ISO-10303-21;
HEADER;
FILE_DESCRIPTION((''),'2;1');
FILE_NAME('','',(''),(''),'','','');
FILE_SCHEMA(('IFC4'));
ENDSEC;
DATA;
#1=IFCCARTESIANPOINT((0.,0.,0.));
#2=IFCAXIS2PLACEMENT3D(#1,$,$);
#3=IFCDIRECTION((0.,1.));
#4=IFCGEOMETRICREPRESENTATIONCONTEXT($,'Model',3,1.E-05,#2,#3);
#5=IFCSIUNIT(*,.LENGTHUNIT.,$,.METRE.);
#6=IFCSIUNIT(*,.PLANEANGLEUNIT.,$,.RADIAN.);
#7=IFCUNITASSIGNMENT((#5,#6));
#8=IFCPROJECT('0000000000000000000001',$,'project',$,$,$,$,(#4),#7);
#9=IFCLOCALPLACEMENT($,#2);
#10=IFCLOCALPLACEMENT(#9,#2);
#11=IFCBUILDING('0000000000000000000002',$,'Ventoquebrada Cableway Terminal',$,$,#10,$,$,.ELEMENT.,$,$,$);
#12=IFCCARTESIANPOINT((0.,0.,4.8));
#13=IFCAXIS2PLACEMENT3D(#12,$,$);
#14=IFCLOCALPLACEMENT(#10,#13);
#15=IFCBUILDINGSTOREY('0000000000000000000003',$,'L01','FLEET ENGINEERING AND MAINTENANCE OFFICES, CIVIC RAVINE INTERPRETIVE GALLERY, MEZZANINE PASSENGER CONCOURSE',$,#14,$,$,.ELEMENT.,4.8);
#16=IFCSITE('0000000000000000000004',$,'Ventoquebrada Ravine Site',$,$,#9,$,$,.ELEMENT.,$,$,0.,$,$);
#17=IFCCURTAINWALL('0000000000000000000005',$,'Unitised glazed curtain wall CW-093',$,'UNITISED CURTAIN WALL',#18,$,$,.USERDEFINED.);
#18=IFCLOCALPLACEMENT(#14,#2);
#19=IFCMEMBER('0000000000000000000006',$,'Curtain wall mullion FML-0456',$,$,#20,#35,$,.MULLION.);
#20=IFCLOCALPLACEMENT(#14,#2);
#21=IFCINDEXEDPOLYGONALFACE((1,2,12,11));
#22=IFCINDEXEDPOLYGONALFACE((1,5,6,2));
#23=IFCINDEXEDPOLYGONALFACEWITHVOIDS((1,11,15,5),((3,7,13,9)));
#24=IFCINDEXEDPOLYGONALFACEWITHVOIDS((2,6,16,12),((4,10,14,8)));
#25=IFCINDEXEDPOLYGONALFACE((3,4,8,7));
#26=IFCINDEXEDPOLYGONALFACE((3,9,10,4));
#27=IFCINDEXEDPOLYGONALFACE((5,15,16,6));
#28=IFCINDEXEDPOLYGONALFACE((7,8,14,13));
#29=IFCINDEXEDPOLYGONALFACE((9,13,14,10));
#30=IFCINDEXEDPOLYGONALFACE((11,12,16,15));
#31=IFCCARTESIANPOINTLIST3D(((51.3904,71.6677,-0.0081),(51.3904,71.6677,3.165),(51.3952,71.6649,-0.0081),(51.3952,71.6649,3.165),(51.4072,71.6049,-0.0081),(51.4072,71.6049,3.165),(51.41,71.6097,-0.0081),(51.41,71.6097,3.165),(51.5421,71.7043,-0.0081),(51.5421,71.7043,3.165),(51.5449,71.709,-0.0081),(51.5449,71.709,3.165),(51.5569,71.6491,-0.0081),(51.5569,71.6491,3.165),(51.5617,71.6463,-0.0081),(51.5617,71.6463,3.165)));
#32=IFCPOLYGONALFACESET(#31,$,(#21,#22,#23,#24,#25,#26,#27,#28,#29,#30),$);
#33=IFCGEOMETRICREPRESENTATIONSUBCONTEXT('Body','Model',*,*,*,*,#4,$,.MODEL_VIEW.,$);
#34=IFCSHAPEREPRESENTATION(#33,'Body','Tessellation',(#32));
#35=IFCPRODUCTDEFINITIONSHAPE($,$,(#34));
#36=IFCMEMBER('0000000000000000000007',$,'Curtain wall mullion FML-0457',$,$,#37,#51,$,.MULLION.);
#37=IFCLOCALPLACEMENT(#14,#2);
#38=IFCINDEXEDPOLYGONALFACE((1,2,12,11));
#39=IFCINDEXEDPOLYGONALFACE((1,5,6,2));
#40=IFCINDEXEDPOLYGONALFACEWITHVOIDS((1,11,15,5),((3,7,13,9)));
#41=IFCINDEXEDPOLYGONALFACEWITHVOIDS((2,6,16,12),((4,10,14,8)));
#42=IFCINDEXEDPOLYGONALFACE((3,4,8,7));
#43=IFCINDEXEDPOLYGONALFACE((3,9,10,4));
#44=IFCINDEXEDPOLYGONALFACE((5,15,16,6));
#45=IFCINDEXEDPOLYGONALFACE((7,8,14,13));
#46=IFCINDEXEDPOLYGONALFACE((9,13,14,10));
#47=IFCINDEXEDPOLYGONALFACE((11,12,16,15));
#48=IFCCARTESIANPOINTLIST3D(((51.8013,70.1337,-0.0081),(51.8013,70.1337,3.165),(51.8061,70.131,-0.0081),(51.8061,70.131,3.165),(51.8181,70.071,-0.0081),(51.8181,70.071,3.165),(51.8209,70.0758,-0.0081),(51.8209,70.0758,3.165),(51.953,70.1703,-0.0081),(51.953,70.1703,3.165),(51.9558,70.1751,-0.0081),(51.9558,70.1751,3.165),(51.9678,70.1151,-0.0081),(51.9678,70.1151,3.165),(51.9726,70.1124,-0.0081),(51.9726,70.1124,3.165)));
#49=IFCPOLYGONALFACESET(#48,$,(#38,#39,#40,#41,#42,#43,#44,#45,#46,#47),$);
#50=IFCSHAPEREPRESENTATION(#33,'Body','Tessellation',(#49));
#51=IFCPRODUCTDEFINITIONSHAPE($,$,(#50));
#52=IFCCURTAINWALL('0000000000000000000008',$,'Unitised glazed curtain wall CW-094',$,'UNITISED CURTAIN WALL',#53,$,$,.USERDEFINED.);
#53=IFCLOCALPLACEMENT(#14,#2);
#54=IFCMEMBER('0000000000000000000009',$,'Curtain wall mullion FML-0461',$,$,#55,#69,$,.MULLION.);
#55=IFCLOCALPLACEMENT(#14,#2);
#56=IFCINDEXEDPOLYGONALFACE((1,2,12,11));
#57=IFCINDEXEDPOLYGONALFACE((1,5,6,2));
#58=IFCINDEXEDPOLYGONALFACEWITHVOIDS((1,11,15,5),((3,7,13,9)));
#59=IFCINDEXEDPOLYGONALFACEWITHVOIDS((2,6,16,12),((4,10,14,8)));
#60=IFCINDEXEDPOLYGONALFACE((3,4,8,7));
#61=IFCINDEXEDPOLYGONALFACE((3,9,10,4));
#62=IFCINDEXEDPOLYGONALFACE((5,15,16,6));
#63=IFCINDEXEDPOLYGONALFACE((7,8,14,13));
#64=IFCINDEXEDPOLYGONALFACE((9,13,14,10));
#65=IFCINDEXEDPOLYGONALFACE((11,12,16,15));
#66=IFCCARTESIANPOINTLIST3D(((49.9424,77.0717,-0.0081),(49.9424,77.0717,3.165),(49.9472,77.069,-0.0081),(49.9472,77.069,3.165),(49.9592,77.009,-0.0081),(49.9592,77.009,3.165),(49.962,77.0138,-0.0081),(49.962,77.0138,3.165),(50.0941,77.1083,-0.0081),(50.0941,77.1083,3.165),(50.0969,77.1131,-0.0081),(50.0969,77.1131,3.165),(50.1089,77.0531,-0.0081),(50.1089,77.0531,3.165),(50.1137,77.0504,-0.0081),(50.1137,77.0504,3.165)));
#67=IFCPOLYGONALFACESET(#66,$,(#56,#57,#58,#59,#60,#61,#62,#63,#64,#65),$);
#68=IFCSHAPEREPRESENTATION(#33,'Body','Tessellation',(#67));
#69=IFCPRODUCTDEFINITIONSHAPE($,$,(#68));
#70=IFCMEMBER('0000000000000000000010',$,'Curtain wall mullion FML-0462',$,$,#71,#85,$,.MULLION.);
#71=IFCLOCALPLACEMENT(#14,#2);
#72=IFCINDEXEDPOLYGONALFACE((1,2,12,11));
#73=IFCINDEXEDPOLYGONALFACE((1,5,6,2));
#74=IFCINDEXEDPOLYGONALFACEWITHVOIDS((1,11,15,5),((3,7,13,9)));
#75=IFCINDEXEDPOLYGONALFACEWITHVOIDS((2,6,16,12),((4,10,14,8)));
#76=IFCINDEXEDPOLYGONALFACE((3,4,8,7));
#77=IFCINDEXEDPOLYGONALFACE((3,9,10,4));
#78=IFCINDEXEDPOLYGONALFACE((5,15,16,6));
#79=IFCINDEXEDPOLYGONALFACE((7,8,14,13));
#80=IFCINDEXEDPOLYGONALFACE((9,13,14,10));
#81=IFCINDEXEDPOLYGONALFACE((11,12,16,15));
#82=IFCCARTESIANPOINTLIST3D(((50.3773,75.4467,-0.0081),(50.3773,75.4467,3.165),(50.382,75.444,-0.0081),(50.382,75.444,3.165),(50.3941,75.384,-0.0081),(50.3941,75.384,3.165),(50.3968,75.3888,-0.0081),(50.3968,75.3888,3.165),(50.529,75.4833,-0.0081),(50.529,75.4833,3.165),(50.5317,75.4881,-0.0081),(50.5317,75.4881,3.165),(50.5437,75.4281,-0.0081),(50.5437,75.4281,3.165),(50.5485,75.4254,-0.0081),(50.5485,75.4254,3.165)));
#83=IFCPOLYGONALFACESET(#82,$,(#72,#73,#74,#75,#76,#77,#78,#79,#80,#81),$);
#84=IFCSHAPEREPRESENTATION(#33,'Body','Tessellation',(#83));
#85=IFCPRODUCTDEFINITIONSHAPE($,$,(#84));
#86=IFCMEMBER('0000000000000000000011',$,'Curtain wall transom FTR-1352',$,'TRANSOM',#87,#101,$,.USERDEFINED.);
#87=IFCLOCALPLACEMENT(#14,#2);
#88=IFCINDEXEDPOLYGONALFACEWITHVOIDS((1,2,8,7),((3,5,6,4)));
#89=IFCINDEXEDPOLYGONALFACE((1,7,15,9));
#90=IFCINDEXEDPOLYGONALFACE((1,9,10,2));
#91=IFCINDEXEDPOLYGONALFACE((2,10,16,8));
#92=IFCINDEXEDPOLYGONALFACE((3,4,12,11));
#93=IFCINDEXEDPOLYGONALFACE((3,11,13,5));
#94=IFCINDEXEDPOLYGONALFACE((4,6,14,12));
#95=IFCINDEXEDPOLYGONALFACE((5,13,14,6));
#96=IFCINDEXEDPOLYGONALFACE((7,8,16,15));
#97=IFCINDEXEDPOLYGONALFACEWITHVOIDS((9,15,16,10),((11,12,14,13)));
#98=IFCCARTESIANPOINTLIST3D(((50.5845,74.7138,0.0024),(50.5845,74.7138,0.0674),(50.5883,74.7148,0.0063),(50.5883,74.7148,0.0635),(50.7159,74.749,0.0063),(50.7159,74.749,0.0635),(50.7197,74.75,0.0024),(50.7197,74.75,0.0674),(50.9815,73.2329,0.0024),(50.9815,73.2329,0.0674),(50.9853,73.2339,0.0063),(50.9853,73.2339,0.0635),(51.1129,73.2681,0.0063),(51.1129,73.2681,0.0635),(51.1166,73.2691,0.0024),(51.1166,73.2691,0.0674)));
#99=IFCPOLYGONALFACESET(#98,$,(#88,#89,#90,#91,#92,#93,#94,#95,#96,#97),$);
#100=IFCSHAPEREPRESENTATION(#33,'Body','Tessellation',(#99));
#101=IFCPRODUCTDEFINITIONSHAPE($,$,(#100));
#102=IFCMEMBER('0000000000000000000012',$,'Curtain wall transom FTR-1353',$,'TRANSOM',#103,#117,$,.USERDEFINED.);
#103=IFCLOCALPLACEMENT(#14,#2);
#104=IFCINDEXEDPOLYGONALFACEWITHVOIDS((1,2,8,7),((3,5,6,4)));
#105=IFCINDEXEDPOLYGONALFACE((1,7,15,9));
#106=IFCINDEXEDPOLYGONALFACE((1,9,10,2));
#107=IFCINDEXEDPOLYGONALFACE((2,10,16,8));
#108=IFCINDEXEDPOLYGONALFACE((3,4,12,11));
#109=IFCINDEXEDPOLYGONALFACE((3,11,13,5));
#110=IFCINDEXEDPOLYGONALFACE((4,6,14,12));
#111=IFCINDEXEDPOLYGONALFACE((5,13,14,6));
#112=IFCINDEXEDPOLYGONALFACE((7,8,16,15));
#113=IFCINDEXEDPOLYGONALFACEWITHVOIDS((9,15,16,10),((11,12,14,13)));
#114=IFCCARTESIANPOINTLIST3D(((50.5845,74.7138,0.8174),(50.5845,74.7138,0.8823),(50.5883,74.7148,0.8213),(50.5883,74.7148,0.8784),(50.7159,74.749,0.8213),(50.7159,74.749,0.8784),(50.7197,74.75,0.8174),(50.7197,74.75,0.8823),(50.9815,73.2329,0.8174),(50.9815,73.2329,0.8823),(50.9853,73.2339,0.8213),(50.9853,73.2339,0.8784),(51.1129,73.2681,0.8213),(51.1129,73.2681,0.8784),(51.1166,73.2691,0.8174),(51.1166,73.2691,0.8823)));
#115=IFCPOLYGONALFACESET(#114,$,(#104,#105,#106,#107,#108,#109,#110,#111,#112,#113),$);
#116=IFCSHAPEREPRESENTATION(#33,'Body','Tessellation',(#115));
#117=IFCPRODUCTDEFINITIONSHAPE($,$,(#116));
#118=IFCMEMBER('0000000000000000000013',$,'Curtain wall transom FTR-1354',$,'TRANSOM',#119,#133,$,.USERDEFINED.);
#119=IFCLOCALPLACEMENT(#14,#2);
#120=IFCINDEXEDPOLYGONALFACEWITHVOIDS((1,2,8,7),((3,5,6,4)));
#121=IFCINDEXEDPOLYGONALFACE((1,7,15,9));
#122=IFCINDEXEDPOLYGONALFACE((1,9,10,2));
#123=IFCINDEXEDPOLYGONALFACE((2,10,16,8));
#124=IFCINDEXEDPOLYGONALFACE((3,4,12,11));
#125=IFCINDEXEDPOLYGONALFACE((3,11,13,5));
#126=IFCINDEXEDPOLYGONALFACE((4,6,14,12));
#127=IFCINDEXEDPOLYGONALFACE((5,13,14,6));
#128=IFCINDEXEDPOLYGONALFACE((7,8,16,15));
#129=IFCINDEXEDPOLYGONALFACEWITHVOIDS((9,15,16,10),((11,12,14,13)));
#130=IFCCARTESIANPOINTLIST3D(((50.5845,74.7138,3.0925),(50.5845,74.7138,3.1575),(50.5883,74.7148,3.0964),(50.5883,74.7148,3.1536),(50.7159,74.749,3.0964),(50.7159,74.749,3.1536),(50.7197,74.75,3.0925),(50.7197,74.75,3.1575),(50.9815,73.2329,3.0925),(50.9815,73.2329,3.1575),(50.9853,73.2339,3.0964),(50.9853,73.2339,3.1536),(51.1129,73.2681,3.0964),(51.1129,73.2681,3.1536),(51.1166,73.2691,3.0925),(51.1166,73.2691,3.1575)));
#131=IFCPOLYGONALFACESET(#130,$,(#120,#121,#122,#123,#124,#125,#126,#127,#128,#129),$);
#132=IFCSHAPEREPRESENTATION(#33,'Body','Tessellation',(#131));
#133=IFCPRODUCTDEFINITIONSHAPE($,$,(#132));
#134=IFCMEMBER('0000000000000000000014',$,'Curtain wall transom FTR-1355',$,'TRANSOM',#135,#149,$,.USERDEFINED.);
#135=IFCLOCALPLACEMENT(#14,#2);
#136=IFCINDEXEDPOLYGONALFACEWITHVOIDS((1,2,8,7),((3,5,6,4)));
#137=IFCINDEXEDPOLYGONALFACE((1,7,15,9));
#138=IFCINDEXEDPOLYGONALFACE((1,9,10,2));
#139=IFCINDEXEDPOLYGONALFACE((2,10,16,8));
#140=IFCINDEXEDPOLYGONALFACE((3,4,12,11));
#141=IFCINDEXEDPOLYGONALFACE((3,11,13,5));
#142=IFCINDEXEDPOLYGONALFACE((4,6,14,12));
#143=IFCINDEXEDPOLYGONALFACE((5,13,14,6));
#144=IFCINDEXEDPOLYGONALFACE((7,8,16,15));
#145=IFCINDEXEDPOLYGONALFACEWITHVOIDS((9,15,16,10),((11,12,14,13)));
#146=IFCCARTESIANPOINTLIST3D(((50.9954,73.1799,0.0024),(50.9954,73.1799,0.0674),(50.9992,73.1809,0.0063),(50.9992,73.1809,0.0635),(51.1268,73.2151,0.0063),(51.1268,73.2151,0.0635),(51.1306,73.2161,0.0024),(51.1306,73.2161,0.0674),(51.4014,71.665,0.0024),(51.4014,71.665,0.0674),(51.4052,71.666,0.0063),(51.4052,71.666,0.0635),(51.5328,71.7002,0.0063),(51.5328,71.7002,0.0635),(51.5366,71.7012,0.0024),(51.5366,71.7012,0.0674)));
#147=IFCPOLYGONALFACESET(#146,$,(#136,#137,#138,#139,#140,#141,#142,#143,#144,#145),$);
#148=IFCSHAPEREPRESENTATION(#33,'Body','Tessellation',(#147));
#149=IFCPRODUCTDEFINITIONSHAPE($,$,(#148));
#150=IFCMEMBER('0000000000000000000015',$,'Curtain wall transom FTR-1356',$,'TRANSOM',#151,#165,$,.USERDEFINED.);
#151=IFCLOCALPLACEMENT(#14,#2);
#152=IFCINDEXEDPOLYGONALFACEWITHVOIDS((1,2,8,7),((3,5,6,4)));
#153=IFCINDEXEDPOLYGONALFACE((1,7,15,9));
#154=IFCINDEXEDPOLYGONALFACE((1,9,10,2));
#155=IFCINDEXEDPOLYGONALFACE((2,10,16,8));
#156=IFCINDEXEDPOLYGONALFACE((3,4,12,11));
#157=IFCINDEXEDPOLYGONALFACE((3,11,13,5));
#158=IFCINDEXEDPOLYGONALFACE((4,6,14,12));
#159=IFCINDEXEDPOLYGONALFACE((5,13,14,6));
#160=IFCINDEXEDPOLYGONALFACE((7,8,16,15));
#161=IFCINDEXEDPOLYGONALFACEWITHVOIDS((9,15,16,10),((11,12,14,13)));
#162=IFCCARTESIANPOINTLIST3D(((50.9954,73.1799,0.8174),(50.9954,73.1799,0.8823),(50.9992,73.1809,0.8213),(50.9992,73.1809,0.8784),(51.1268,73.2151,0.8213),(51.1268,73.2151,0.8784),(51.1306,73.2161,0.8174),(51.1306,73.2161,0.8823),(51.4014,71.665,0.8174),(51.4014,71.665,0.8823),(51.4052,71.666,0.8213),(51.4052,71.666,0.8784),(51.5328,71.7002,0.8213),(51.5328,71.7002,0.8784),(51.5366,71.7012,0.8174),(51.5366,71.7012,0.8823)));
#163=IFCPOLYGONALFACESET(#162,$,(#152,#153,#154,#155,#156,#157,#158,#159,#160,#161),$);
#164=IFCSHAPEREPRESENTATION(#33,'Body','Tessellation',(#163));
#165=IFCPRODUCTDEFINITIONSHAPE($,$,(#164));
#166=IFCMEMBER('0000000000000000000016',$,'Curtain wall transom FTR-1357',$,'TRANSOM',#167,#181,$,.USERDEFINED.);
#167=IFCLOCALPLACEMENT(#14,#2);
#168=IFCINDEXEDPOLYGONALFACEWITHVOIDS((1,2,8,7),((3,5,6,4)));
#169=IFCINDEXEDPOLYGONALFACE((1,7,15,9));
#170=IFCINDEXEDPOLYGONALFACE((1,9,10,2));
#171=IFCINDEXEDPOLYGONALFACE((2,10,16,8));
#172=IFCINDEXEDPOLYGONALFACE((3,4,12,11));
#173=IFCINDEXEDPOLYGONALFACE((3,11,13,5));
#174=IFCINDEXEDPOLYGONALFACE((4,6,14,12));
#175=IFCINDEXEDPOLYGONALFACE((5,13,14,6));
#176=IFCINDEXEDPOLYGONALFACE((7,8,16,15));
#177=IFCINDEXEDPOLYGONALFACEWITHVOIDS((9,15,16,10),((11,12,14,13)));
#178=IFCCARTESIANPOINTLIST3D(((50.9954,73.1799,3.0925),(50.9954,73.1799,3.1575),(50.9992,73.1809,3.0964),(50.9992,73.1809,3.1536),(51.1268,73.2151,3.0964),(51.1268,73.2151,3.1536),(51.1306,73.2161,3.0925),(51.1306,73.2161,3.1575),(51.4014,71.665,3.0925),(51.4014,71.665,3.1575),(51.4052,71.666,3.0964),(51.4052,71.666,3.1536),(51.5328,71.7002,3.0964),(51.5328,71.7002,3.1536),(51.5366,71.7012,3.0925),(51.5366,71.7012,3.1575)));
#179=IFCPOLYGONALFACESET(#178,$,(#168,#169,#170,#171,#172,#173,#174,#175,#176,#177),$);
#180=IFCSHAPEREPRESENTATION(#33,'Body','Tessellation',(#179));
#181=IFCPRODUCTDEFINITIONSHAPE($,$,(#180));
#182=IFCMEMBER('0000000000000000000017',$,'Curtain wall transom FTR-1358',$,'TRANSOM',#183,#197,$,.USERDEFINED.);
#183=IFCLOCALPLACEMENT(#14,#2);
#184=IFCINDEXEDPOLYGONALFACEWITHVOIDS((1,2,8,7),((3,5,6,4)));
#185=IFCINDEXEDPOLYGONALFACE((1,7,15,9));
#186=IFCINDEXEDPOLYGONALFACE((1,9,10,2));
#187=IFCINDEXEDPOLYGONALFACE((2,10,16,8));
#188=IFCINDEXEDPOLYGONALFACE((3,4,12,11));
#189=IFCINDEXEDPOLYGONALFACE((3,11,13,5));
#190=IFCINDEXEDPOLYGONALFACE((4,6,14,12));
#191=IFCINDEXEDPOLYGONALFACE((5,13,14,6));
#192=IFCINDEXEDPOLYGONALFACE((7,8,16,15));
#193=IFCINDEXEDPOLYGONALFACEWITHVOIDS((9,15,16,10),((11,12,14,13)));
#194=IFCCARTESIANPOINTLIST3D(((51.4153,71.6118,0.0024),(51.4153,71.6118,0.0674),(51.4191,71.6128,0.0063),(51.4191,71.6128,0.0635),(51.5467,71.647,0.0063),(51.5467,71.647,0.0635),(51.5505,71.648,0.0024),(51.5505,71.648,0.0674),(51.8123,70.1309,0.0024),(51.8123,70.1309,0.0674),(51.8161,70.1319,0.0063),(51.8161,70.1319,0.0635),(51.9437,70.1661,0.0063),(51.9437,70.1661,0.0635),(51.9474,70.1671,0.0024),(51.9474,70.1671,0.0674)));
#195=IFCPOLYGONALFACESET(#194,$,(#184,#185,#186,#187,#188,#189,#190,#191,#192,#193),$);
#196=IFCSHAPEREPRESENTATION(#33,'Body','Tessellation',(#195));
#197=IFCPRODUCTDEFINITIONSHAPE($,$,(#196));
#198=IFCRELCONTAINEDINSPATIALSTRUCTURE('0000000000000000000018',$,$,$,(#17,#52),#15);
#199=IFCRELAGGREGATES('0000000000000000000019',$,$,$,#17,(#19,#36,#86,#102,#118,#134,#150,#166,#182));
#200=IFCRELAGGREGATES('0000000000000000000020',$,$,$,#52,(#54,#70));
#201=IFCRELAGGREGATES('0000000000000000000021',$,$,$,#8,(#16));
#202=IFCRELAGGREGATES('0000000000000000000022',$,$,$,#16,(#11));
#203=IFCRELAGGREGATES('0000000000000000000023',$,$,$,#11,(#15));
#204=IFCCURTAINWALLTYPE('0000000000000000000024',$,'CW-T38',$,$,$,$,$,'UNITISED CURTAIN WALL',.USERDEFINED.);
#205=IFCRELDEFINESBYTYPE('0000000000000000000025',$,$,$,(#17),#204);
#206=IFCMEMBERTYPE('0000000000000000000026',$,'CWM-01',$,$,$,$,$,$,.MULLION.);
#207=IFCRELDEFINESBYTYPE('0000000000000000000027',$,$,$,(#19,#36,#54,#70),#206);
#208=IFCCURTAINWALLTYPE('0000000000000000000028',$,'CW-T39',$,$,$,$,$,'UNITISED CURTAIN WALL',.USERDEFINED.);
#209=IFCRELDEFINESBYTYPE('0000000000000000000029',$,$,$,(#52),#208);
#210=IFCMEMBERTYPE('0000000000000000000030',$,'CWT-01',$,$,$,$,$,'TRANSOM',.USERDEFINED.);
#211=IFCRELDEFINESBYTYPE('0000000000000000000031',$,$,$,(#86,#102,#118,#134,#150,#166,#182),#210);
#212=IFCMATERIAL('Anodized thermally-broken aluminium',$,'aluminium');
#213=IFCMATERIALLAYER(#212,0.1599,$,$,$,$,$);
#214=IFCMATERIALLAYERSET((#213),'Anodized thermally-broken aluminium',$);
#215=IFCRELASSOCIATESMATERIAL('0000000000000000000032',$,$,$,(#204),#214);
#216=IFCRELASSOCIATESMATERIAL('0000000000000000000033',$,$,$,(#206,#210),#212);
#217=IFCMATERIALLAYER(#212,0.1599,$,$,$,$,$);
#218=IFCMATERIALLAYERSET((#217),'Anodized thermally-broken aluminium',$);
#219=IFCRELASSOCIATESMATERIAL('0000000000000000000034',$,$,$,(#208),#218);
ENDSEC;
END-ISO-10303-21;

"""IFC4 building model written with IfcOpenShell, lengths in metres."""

from ifc_helpers import new_model, si_unit, direction, frame, origin, origin_2d, place, context, subcontext, project, spatial, hollow_rectangle, extrude, material, layer, layer_set, material_profile, profile_set, type_object, element, aggregate, save


model = new_model("IFC4")

# Units and contexts
model_context = context("Model", 3, precision=1e-05, world=origin(), true_north=direction((0.0, 1.0)))
body_context = subcontext(model_context, "Body", "Model", "MODEL_VIEW")
ifc_project = project(units=[si_unit("LENGTHUNIT", "METRE"), si_unit("PLANEANGLEUNIT", "RADIAN")], contexts=[model_context])

# Site, building, storey
site_placement = place(None, origin())
site = spatial("IfcSite", under=ifc_project, at=site_placement, Name="Ventoquebrada Ravine Site", CompositionType="ELEMENT", RefElevation=0.0)
building_placement = place(site_placement, origin())
building = spatial("IfcBuilding", under=site, at=building_placement, Name="Ventoquebrada Cableway Terminal", CompositionType="ELEMENT")
storey_placement = place(building_placement, frame((0.0, 0.0, 4.8)))
storey = spatial("IfcBuildingStorey", under=building, at=storey_placement, Name="L01", Description="FLEET ENGINEERING AND MAINTENANCE OFFICES, CIVIC RAVINE INTERPRETIVE GALLERY, MEZZANINE PASSENGER CONCOURSE", CompositionType="ELEMENT", Elevation=4.8)

# Curtain walls, members
ifc_material_1 = material(Name="Anodized thermally-broken aluminium", Category="aluminium")
ifc_layer_1 = layer(ifc_material_1, 0.1599)
ifc_layer_set_1 = layer_set([ifc_layer_1], Name="Anodized thermally-broken aluminium")
curtain_wall_type_1 = type_object("IfcCurtainWallType", Name="CW-T38", ElementType="UNITISED CURTAIN WALL", PredefinedType="USERDEFINED", material=ifc_layer_set_1)
curtain_wall_1_placement = place(storey_placement, origin())
curtain_wall_1 = element("IfcCurtainWall", 1, at=curtain_wall_1_placement, inside=storey, type_object=curtain_wall_type_1, Name="Unitised glazed curtain wall CW-093", ObjectType="UNITISED CURTAIN WALL", PredefinedType="USERDEFINED")
ifc_material_profile_1 = material_profile(ifc_material_1, hollow_rectangle(XDim=0.0649, YDim=0.1599, WallThickness=0.0039, at=origin_2d()), Name="CW-MUL-65X160")
ifc_profile_set_1 = profile_set([ifc_material_profile_1], Name="Anodized thermally-broken aluminium")
member_type_1 = type_object("IfcMemberType", Name="CWM-01", PredefinedType="MULLION", material=ifc_profile_set_1)
member_1_placement = place(storey_placement, frame((51.4761, 71.657, -0.0081), z_axis=(0.0, 0.0, 1.0), x_axis=(0.258785, -0.965935, 0.0)))
member_1 = element("IfcMember", 2, at=member_1_placement, type_object=member_type_1, Name="Curtain wall mullion FML-0456", PredefinedType="MULLION", context=body_context, shape_type="SweptSolid", body=[
    extrude(hollow_rectangle(XDim=0.0649, YDim=0.1599, WallThickness=0.0039, at=origin_2d()), origin(), (0.0, 0.0, 1.0), 3.1731),
])
member_2_placement = place(storey_placement, frame((51.887, 70.123, -0.0081), z_axis=(0.0, 0.0, 1.0), x_axis=(0.258785, -0.965935, 0.0)))
member_2 = element("IfcMember", 3, at=member_2_placement, type_object=member_type_1, Name="Curtain wall mullion FML-0457", PredefinedType="MULLION", context=body_context, shape_type="SweptSolid", body=[
    extrude(hollow_rectangle(XDim=0.0649, YDim=0.1599, WallThickness=0.0039, at=origin_2d()), origin(), (0.0, 0.0, 1.0), 3.1731),
])
ifc_layer_2 = layer(ifc_material_1, 0.1599)
ifc_layer_set_2 = layer_set([ifc_layer_2], Name="Anodized thermally-broken aluminium")
curtain_wall_type_2 = type_object("IfcCurtainWallType", Name="CW-T39", ElementType="UNITISED CURTAIN WALL", PredefinedType="USERDEFINED", material=ifc_layer_set_2)
curtain_wall_2_placement = place(storey_placement, origin())
curtain_wall_2 = element("IfcCurtainWall", 4, at=curtain_wall_2_placement, inside=storey, type_object=curtain_wall_type_2, Name="Unitised glazed curtain wall CW-094", ObjectType="UNITISED CURTAIN WALL", PredefinedType="USERDEFINED")
member_3_placement = place(storey_placement, frame((50.0281, 77.061, -0.0081), z_axis=(0.0, 0.0, 1.0), x_axis=(0.258735, -0.965948, 0.0)))
member_3 = element("IfcMember", 5, at=member_3_placement, type_object=member_type_1, Name="Curtain wall mullion FML-0461", PredefinedType="MULLION", context=body_context, shape_type="SweptSolid", body=[
    extrude(hollow_rectangle(XDim=0.0649, YDim=0.1599, WallThickness=0.0039, at=origin_2d()), origin(), (0.0, 0.0, 1.0), 3.1731),
])
member_4_placement = place(storey_placement, frame((50.4629, 75.436, -0.0081), z_axis=(0.0, 0.0, 1.0), x_axis=(0.258735, -0.965948, 0.0)))
member_4 = element("IfcMember", 6, at=member_4_placement, type_object=member_type_1, Name="Curtain wall mullion FML-0462", PredefinedType="MULLION", context=body_context, shape_type="SweptSolid", body=[
    extrude(hollow_rectangle(XDim=0.0649, YDim=0.1599, WallThickness=0.0039, at=origin_2d()), origin(), (0.0, 0.0, 1.0), 3.1731),
])

# Members
ifc_material_profile_2 = material_profile(ifc_material_1, hollow_rectangle(XDim=0.0649, YDim=0.1399, WallThickness=0.0039, at=origin_2d()), Name="CW-TRN-65X140")
ifc_profile_set_2 = profile_set([ifc_material_profile_2], Name="Anodized thermally-broken aluminium")
member_type_2 = type_object("IfcMemberType", Name="CWT-01", ElementType="TRANSOM", PredefinedType="USERDEFINED", material=ifc_profile_set_2)
member_5_placement = place(storey_placement, frame((50.6521, 74.7319, 0.0349), z_axis=(0.258911, -0.965901, 0.0), x_axis=(0.0, 0.0, 1.0)))
member_5 = element("IfcMember", 7, at=member_5_placement, type_object=member_type_2, Name="Curtain wall transom FTR-1352", ObjectType="TRANSOM", PredefinedType="USERDEFINED", context=body_context, shape_type="SweptSolid", body=[
    extrude(hollow_rectangle(XDim=0.0649, YDim=0.1399, WallThickness=0.0039, at=origin_2d()), origin(), (0.0, 0.0, 1.0), 1.5332),
])
member_6_placement = place(storey_placement, frame((50.6521, 74.7319, 0.8499), z_axis=(0.258911, -0.965901, 0.0), x_axis=(0.0, 0.0, 1.0)))
member_6 = element("IfcMember", 8, at=member_6_placement, type_object=member_type_2, Name="Curtain wall transom FTR-1353", ObjectType="TRANSOM", PredefinedType="USERDEFINED", context=body_context, shape_type="SweptSolid", body=[
    extrude(hollow_rectangle(XDim=0.0649, YDim=0.1399, WallThickness=0.0039, at=origin_2d()), origin(), (0.0, 0.0, 1.0), 1.5332),
])
member_7_placement = place(storey_placement, frame((50.6521, 74.7319, 3.125), z_axis=(0.258911, -0.965901, 0.0), x_axis=(0.0, 0.0, 1.0)))
member_7 = element("IfcMember", 9, at=member_7_placement, type_object=member_type_2, Name="Curtain wall transom FTR-1354", ObjectType="TRANSOM", PredefinedType="USERDEFINED", context=body_context, shape_type="SweptSolid", body=[
    extrude(hollow_rectangle(XDim=0.0649, YDim=0.1399, WallThickness=0.0039, at=origin_2d()), origin(), (0.0, 0.0, 1.0), 1.5332),
])
member_8_placement = place(storey_placement, frame((51.063, 73.198, 0.0349), z_axis=(0.258874, -0.965911, 0.0), x_axis=(0.0, 0.0, 1.0)))
member_8 = element("IfcMember", 10, at=member_8_placement, type_object=member_type_2, Name="Curtain wall transom FTR-1355", ObjectType="TRANSOM", PredefinedType="USERDEFINED", context=body_context, shape_type="SweptSolid", body=[
    extrude(hollow_rectangle(XDim=0.0649, YDim=0.1399, WallThickness=0.0039, at=origin_2d()), origin(), (0.0, 0.0, 1.0), 1.5684),
])
member_9_placement = place(storey_placement, frame((51.063, 73.198, 0.8499), z_axis=(0.258874, -0.965911, 0.0), x_axis=(0.0, 0.0, 1.0)))
member_9 = element("IfcMember", 11, at=member_9_placement, type_object=member_type_2, Name="Curtain wall transom FTR-1356", ObjectType="TRANSOM", PredefinedType="USERDEFINED", context=body_context, shape_type="SweptSolid", body=[
    extrude(hollow_rectangle(XDim=0.0649, YDim=0.1399, WallThickness=0.0039, at=origin_2d()), origin(), (0.0, 0.0, 1.0), 1.5684),
])
member_10_placement = place(storey_placement, frame((51.063, 73.198, 3.125), z_axis=(0.258874, -0.965911, 0.0), x_axis=(0.0, 0.0, 1.0)))
member_10 = element("IfcMember", 12, at=member_10_placement, type_object=member_type_2, Name="Curtain wall transom FTR-1357", ObjectType="TRANSOM", PredefinedType="USERDEFINED", context=body_context, shape_type="SweptSolid", body=[
    extrude(hollow_rectangle(XDim=0.0649, YDim=0.1399, WallThickness=0.0039, at=origin_2d()), origin(), (0.0, 0.0, 1.0), 1.5684),
])
member_11_placement = place(storey_placement, frame((51.4829, 71.6299, 0.0349), z_axis=(0.258911, -0.965901, 0.0), x_axis=(0.0, 0.0, 1.0)))
member_11 = element("IfcMember", 13, at=member_11_placement, type_object=member_type_2, Name="Curtain wall transom FTR-1358", ObjectType="TRANSOM", PredefinedType="USERDEFINED", context=body_context, shape_type="SweptSolid", body=[
    extrude(hollow_rectangle(XDim=0.0649, YDim=0.1399, WallThickness=0.0039, at=origin_2d()), origin(), (0.0, 0.0, 1.0), 1.5332),
])

aggregate(curtain_wall_1, [member_1, member_2, member_5, member_6, member_7, member_8, member_9, member_10, member_11])
aggregate(curtain_wall_2, [member_3, member_4])

save(model, "model.ifc")
